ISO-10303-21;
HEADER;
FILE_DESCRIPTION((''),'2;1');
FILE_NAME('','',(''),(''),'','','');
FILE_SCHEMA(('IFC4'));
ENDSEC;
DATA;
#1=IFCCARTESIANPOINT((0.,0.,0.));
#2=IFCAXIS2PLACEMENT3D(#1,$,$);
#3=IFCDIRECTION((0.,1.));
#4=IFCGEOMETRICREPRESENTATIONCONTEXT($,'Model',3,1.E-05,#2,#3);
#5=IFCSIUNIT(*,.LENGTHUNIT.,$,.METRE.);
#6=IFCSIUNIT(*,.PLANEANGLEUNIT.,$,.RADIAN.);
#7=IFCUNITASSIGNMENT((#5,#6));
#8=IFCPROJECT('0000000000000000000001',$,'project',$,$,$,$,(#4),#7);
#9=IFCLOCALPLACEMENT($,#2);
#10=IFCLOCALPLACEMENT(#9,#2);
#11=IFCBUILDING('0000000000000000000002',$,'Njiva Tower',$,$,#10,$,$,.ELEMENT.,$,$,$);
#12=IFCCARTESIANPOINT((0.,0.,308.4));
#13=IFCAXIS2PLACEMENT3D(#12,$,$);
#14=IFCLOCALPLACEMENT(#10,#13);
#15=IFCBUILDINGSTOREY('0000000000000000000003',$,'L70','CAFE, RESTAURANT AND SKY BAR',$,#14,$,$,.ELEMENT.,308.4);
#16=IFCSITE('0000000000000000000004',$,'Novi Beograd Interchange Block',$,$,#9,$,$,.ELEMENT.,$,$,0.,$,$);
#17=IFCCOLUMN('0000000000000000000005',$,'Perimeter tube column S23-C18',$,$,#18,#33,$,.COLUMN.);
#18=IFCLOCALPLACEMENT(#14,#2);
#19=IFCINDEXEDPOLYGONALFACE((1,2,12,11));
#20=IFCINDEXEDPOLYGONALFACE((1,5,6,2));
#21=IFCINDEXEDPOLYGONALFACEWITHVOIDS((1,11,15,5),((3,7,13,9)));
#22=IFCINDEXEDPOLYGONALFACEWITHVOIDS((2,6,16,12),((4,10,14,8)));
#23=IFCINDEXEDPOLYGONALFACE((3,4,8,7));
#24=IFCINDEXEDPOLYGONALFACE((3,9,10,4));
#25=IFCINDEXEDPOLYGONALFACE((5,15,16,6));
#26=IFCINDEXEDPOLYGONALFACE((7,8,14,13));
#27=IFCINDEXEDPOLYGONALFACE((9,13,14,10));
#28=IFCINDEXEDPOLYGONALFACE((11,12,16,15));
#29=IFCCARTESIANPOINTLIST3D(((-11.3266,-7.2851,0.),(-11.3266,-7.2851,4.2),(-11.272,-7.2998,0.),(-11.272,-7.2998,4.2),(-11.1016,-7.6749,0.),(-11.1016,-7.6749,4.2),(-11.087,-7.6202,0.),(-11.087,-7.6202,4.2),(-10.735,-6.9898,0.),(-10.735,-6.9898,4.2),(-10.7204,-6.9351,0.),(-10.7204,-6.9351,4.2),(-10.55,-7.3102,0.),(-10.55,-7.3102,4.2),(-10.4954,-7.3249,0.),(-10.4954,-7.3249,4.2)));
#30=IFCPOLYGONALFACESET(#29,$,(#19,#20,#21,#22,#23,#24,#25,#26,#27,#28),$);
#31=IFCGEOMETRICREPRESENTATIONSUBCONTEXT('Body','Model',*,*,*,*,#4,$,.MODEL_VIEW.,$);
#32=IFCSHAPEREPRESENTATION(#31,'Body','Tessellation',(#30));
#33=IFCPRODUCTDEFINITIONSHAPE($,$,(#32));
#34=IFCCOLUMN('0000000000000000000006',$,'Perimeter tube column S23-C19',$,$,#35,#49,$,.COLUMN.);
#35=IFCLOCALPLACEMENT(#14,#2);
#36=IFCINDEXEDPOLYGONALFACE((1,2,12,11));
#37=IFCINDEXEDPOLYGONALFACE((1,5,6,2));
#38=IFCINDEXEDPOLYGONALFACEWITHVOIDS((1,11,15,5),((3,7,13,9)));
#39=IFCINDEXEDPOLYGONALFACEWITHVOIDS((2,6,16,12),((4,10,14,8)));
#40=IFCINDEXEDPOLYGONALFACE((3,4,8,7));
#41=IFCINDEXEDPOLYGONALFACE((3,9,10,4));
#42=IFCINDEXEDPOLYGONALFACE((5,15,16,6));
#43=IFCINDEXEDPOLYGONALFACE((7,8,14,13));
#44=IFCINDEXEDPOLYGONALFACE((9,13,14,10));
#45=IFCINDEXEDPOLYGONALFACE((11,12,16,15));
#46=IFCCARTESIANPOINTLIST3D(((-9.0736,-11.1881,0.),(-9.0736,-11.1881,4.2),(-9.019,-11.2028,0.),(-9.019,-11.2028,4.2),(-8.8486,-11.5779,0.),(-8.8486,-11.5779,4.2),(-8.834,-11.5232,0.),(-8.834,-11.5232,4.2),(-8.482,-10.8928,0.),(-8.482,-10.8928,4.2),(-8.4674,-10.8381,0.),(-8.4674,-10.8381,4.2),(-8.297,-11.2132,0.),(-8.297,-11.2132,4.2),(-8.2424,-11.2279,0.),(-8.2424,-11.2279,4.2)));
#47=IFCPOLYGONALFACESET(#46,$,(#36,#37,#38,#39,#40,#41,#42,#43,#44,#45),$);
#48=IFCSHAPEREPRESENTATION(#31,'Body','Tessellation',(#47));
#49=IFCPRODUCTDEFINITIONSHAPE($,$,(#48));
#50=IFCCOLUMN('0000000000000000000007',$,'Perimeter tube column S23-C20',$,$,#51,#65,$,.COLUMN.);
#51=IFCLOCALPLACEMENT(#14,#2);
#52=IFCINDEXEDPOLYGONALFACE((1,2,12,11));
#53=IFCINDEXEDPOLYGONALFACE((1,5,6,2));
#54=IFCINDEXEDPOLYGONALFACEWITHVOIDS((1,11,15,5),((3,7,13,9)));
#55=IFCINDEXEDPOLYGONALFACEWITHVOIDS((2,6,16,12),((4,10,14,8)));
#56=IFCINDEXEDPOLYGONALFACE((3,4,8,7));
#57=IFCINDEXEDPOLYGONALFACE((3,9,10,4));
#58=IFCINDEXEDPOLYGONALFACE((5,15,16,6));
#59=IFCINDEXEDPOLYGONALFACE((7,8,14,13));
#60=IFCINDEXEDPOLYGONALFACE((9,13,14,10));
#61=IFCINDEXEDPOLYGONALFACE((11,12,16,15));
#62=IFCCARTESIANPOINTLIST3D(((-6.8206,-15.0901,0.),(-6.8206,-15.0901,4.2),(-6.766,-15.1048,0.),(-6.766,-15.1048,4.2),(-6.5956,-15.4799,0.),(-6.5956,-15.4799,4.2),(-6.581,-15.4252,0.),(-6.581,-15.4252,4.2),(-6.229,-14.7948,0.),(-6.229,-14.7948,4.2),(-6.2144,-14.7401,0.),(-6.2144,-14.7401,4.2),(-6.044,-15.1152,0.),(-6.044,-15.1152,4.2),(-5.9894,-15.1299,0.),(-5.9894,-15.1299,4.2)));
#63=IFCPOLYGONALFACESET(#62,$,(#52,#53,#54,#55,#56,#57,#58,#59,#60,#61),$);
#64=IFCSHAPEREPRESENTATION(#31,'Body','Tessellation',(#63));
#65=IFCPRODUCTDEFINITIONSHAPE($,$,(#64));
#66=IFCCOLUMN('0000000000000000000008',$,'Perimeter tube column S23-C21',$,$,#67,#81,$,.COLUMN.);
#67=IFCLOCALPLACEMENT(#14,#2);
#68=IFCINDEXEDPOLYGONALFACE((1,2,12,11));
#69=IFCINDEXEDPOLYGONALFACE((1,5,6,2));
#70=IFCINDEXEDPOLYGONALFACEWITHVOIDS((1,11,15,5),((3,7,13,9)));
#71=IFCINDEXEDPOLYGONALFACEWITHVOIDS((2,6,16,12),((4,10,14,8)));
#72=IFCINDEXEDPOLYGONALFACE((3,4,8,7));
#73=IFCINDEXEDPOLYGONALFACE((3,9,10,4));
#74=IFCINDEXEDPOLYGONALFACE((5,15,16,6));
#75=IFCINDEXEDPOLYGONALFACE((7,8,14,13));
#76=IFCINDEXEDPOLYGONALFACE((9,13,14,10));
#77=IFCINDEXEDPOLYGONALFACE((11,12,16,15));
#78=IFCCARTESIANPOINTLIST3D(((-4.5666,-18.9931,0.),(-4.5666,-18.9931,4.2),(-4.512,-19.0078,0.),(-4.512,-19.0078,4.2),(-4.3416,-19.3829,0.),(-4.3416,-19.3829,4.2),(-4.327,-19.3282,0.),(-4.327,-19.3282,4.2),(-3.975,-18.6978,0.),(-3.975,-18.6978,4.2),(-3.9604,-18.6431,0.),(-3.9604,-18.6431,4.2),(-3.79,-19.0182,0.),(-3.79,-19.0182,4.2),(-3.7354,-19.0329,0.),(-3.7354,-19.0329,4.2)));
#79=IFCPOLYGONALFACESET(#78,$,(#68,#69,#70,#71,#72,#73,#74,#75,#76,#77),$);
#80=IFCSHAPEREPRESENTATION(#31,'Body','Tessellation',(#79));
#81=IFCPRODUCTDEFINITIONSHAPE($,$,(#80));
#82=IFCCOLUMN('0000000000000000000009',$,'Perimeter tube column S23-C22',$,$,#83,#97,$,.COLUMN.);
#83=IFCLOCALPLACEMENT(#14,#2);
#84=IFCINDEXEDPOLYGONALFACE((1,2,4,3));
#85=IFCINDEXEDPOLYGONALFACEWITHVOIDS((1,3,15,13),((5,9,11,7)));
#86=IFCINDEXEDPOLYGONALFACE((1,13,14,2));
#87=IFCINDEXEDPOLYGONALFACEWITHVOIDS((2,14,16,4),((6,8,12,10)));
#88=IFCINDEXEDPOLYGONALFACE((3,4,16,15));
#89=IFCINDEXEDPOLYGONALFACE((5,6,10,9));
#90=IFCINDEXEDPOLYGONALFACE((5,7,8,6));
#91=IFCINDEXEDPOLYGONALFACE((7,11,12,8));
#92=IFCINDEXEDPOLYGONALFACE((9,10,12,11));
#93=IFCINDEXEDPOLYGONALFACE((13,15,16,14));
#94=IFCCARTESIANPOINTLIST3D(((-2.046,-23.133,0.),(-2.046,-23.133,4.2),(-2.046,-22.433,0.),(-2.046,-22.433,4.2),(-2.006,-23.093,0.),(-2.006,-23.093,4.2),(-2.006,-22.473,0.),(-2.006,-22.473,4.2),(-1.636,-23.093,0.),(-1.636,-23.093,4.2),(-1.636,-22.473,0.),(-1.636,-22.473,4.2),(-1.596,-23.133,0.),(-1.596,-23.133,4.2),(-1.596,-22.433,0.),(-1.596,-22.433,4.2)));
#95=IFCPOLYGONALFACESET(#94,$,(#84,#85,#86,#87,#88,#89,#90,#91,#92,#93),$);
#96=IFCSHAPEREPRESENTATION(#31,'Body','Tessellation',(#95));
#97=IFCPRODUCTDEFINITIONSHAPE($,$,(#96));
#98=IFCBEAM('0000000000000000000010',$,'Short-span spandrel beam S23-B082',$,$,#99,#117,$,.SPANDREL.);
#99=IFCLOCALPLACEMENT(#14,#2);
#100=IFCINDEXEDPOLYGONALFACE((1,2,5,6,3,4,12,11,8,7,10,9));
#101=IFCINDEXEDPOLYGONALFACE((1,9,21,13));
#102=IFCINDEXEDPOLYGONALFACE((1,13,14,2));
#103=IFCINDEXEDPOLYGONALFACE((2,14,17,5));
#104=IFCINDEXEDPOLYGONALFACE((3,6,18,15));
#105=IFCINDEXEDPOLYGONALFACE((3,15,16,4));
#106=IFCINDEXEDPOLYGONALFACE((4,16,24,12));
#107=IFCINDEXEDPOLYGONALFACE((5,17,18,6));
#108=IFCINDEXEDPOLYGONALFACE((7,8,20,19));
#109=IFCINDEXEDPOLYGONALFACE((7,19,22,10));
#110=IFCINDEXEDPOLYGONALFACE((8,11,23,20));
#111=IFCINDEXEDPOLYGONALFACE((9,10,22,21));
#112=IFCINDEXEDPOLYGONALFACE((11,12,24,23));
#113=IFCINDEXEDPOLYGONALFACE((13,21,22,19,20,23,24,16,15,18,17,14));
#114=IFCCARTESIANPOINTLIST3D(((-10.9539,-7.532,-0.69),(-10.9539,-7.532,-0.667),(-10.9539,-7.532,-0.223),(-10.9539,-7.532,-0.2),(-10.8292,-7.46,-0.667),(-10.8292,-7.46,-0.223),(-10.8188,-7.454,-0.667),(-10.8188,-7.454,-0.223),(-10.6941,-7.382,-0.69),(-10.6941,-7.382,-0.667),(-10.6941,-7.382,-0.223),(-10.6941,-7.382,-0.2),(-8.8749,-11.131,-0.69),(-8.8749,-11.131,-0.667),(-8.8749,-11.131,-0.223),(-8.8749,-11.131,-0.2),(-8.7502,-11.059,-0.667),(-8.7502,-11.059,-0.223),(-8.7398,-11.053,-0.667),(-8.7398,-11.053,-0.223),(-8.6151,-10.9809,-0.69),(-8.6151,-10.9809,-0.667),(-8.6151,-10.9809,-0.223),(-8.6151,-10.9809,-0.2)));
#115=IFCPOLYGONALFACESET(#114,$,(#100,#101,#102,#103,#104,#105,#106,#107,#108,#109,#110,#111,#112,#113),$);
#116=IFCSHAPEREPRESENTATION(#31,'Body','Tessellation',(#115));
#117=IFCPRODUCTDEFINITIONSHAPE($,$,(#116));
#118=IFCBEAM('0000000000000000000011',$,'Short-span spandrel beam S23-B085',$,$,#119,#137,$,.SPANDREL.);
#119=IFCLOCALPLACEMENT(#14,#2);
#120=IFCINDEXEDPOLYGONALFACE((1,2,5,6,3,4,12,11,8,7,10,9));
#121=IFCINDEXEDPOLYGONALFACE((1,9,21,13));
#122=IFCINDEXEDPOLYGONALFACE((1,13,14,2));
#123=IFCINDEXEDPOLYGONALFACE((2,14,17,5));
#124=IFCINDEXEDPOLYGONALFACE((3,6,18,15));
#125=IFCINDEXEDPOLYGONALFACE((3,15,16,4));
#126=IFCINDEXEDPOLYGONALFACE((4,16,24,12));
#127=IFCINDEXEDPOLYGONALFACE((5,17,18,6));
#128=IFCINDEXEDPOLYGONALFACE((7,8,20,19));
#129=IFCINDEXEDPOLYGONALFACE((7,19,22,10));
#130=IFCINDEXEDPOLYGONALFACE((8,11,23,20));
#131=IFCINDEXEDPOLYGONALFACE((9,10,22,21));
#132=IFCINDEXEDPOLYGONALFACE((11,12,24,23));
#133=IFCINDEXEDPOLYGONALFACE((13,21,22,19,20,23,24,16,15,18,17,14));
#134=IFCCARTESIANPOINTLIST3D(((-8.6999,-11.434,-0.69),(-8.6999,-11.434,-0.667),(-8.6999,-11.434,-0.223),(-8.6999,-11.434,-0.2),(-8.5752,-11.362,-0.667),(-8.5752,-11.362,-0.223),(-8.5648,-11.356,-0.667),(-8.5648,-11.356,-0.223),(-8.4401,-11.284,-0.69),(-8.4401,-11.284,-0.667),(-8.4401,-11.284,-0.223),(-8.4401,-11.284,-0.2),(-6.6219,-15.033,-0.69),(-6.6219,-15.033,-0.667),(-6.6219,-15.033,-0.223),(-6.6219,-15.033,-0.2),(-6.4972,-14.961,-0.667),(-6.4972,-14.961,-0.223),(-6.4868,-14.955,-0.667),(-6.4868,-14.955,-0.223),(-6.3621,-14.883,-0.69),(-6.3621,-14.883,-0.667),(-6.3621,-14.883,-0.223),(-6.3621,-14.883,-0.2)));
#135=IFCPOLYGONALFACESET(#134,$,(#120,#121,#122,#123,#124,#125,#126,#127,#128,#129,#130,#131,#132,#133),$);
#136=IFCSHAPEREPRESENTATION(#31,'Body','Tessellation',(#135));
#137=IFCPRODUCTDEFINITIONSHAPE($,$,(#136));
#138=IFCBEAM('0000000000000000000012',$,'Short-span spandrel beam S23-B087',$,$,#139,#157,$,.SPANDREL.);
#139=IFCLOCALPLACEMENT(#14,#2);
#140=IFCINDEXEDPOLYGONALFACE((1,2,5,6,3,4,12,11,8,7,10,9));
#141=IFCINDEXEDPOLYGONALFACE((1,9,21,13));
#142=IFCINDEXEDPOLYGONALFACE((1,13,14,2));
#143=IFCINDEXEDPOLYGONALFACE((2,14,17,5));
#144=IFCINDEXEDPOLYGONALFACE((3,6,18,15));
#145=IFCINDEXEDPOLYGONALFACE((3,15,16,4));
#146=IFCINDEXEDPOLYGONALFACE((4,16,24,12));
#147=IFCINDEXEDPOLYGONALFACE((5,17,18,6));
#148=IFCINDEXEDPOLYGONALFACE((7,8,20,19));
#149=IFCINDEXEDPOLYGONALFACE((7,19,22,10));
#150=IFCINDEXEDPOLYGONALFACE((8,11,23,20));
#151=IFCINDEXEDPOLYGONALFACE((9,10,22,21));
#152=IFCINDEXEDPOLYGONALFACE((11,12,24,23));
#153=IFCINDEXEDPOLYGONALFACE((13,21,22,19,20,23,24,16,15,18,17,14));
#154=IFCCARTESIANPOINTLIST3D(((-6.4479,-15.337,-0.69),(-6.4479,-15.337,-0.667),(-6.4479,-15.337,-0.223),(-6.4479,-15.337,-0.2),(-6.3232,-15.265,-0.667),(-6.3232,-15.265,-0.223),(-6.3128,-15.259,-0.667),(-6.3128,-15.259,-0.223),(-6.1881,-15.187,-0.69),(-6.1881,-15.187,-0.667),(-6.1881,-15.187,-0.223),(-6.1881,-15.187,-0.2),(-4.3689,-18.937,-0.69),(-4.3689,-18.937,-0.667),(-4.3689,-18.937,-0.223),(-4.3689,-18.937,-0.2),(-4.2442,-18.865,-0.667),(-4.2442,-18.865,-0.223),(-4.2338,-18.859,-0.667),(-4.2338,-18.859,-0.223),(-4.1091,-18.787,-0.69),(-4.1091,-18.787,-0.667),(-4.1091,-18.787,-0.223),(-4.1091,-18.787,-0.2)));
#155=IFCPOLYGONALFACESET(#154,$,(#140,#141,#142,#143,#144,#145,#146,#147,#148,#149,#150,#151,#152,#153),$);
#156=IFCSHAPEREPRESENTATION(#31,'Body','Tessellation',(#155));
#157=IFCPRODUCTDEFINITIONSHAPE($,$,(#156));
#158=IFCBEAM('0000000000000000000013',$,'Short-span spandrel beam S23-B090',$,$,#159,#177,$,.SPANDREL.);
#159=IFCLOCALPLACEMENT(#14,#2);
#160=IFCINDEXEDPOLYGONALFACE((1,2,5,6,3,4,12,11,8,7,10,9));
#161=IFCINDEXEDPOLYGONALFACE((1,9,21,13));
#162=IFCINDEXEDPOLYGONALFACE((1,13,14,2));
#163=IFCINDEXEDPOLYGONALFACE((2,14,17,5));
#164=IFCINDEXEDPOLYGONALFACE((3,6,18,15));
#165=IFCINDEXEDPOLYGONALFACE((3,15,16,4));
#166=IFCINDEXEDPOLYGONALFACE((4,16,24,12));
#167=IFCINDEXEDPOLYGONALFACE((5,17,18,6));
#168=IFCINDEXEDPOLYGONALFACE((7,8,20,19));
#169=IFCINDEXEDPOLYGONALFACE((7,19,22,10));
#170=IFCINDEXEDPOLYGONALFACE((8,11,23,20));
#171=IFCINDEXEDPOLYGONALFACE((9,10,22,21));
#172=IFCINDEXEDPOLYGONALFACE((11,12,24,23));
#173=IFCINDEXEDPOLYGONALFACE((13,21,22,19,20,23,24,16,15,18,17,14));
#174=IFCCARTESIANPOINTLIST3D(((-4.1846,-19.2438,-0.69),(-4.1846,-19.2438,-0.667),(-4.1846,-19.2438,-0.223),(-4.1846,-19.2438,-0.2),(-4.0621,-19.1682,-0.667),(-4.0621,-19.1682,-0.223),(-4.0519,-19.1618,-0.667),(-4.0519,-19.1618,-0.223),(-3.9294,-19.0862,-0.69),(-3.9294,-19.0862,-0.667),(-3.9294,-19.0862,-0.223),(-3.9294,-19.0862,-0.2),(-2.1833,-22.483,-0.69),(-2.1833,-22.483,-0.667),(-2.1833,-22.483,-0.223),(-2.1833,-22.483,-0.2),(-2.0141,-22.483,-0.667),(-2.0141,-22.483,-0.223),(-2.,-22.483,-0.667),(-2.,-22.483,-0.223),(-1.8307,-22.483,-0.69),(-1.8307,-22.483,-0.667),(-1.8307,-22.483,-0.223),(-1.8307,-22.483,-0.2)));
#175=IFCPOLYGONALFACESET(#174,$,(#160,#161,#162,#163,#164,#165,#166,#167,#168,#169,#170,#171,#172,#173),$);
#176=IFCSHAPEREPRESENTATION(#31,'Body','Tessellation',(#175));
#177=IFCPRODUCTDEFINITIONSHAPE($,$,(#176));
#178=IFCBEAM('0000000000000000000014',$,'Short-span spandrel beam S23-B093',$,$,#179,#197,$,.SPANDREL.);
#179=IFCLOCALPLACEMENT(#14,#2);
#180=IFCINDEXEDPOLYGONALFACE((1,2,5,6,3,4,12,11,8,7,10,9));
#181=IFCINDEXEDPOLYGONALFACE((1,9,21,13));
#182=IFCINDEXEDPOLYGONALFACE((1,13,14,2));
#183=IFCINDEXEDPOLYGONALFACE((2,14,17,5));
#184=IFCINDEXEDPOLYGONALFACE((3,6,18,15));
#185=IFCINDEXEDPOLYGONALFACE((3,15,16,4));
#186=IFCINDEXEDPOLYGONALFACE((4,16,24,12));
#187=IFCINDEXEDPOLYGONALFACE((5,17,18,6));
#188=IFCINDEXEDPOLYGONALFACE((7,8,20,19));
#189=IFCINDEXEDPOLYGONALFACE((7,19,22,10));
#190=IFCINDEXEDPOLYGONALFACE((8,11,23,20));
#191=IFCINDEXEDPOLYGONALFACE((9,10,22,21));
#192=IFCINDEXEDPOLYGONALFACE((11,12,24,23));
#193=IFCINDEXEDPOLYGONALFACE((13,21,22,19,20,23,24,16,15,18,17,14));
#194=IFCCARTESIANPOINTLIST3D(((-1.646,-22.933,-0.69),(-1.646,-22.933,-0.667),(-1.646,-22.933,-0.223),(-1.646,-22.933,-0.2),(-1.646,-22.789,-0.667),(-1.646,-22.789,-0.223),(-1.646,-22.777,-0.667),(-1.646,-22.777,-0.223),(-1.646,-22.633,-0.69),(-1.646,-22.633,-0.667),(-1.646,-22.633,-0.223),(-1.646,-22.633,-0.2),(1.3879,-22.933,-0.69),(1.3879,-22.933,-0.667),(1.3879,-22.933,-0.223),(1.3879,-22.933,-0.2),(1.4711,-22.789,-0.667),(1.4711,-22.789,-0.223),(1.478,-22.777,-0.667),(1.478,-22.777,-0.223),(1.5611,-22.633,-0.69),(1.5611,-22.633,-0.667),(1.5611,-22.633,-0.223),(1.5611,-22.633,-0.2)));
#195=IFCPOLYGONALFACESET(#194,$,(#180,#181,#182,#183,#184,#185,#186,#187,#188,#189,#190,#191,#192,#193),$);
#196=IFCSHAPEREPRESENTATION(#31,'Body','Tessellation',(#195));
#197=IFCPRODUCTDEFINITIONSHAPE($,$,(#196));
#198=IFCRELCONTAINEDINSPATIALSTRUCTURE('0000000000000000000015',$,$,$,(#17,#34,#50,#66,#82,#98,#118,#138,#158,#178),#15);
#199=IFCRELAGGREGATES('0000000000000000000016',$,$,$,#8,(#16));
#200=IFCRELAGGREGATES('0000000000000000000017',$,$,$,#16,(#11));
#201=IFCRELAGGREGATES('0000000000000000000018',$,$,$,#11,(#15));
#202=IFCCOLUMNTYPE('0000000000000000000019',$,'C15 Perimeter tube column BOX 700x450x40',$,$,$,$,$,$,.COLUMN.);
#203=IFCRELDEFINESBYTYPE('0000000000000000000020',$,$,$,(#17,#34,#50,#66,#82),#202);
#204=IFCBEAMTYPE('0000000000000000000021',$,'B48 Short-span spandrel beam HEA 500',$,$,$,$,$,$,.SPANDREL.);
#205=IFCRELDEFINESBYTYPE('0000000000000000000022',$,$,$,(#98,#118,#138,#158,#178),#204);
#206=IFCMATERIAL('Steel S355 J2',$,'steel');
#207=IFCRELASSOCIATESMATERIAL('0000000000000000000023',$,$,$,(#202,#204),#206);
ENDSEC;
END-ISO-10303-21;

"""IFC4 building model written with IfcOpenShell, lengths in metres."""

from ifc_helpers import new_model, si_unit, direction, frame, origin, origin_2d, place, context, subcontext, project, spatial, hollow_rectangle, i_section, extrude, clip, halfspace, material, material_profile, profile_set, type_object, element, save


model = new_model("IFC4")

# Units and contexts
model_context = context("Model", 3, precision=1e-05, world=origin(), true_north=direction((0.0, 1.0)))
body_context = subcontext(model_context, "Body", "Model", "MODEL_VIEW")
ifc_project = project(units=[si_unit("LENGTHUNIT", "METRE"), si_unit("PLANEANGLEUNIT", "RADIAN")], contexts=[model_context])

# Site, building, storey
site_placement = place(None, origin())
site = spatial("IfcSite", under=ifc_project, at=site_placement, Name="Novi Beograd Interchange Block", CompositionType="ELEMENT", RefElevation=0.0)
building_placement = place(site_placement, origin())
building = spatial("IfcBuilding", under=site, at=building_placement, Name="Njiva Tower", CompositionType="ELEMENT")
storey_placement = place(building_placement, frame((0.0, 0.0, 308.4)))
storey = spatial("IfcBuildingStorey", under=building, at=storey_placement, Name="L70", Description="CAFE, RESTAURANT AND SKY BAR", CompositionType="ELEMENT", Elevation=308.4)

# Columns
ifc_material_1 = material(Name="Steel S355 J2", Category="steel")
ifc_material_profile_1 = material_profile(ifc_material_1, hollow_rectangle(XDim=0.45, YDim=0.7, WallThickness=0.04, at=origin_2d()), Name="BOX 700x450x40")
ifc_profile_set_1 = profile_set([ifc_material_profile_1], Name="Steel S355 J2")
column_type = type_object("IfcColumnType", Name="C15 Perimeter tube column BOX 700x450x40", PredefinedType="COLUMN", material=ifc_profile_set_1)
for number, where, z_axis, x_axis, name in (
    (1, (-10.911, -7.305, 0.0), (0.0, 0.0, 1.0), (0.5, -0.866025, 0.0), "Perimeter tube column S23-C18"),
    (2, (-8.658, -11.208, 0.0), (0.0, 0.0, 1.0), (0.5, -0.866025, 0.0), "Perimeter tube column S23-C19"),
    (3, (-6.405, -15.11, 0.0), (0.0, 0.0, 1.0), (0.5, -0.866025, 0.0), "Perimeter tube column S23-C20"),
    (4, (-4.151, -19.013, 0.0), (0.0, 0.0, 1.0), (0.5, -0.866025, 0.0), "Perimeter tube column S23-C21"),
    (5, (-1.821, -22.783, 0.0), (0.0, 0.0, 1.0), (1.0, 0.0, 0.0), "Perimeter tube column S23-C22"),
):
    element("IfcColumn", number, at=place(storey_placement, frame(where, z_axis=z_axis, x_axis=x_axis)), inside=storey, type_object=column_type, Name=name, PredefinedType="COLUMN", context=body_context, shape_type="SweptSolid", body=[
        extrude(hollow_rectangle(XDim=0.45, YDim=0.7, WallThickness=0.04, at=origin_2d()), origin(), (0.0, 0.0, 1.0), 4.2),
    ])

# Beams
ifc_material_profile_2 = material_profile(ifc_material_1, i_section(OverallWidth=0.3, OverallDepth=0.49, WebThickness=0.012, FlangeThickness=0.023, at=origin_2d()), Name="HEA 500")
ifc_profile_set_2 = profile_set([ifc_material_profile_2], Name="Steel S355 J2")
beam_type_1 = type_object("IfcBeamType", Name="B48 Short-span spandrel beam HEA 500", PredefinedType="SPANDREL", material=ifc_profile_set_2)
beam_1_placement = place(storey_placement, frame((-10.824, -7.457, -0.445), z_axis=(0.500201, -0.865909, 0.0), x_axis=(0.865909, 0.500201, 0.0)))
element("IfcBeam", 6, at=beam_1_placement, inside=storey, type_object=beam_type_1, Name="Short-span spandrel beam S23-B082", PredefinedType="SPANDREL", context=body_context, shape_type="SweptSolid", body=[
    extrude(i_section(OverallWidth=0.3, OverallDepth=0.49, WebThickness=0.012, FlangeThickness=0.023, at=origin_2d()), origin(), (0.0, 0.0, 1.0), 4.1563),
])
beam_2_placement = place(storey_placement, frame((-8.57, -11.359, -0.445), z_axis=(0.500021, -0.866013, 0.0), x_axis=(0.866013, 0.500021, 0.0)))
element("IfcBeam", 7, at=beam_2_placement, inside=storey, type_object=beam_type_1, Name="Short-span spandrel beam S23-B085", PredefinedType="SPANDREL", context=body_context, shape_type="SweptSolid", body=[
    extrude(i_section(OverallWidth=0.3, OverallDepth=0.49, WebThickness=0.012, FlangeThickness=0.023, at=origin_2d()), origin(), (0.0, 0.0, 1.0), 4.1558),
])
beam_3_placement = place(storey_placement, frame((-6.318, -15.262, -0.445), z_axis=(0.500097, -0.865969, 0.0), x_axis=(0.865969, 0.500097, 0.0)))
element("IfcBeam", 8, at=beam_3_placement, inside=storey, type_object=beam_type_1, Name="Short-span spandrel beam S23-B087", PredefinedType="SPANDREL", context=body_context, shape_type="SweptSolid", body=[
    extrude(i_section(OverallWidth=0.3, OverallDepth=0.49, WebThickness=0.012, FlangeThickness=0.023, at=origin_2d()), origin(), (0.0, 0.0, 1.0), 4.1572),
])
beam_4_placement = place(storey_placement, frame((-4.057, -19.165, -0.445), z_axis=(0.525613, -0.850724, 0.0), x_axis=(0.850724, 0.525613, 0.0)))
element("IfcBeam", 9, at=beam_4_placement, inside=storey, type_object=beam_type_1, Name="Short-span spandrel beam S23-B090", PredefinedType="SPANDREL", context=body_context, shape_type="Clipping", body=[
    clip(extrude(i_section(OverallWidth=0.3, OverallDepth=0.49, WebThickness=0.012, FlangeThickness=0.023, at=origin_2d()), origin(), (0.0, 0.0, 1.0), 4.0132), halfspace(frame((-0.026, 0.0, 3.8841), z_axis=(-0.525613, 0.0, 0.850724), x_axis=(0.0, 1.0, 0.0)), False)),
])
beam_5_placement = place(storey_placement, frame((-1.646, -22.783, -0.445), z_axis=(1.0, 0.0, 0.0), x_axis=(0.0, 1.0, 0.0)))
element("IfcBeam", 10, at=beam_5_placement, inside=storey, type_object=beam_type_1, Name="Short-span spandrel beam S23-B093", PredefinedType="SPANDREL", context=body_context, shape_type="Clipping", body=[
    clip(extrude(i_section(OverallWidth=0.3, OverallDepth=0.49, WebThickness=0.012, FlangeThickness=0.023, at=origin_2d()), origin(), (0.0, 0.0, 1.0), 3.228), halfspace(frame((-0.025, 0.0, 3.1061), z_axis=(-0.499998, 0.0, 0.866027), x_axis=(0.0, 1.0, 0.0)), False)),
])

save(model, "model.ifc")
